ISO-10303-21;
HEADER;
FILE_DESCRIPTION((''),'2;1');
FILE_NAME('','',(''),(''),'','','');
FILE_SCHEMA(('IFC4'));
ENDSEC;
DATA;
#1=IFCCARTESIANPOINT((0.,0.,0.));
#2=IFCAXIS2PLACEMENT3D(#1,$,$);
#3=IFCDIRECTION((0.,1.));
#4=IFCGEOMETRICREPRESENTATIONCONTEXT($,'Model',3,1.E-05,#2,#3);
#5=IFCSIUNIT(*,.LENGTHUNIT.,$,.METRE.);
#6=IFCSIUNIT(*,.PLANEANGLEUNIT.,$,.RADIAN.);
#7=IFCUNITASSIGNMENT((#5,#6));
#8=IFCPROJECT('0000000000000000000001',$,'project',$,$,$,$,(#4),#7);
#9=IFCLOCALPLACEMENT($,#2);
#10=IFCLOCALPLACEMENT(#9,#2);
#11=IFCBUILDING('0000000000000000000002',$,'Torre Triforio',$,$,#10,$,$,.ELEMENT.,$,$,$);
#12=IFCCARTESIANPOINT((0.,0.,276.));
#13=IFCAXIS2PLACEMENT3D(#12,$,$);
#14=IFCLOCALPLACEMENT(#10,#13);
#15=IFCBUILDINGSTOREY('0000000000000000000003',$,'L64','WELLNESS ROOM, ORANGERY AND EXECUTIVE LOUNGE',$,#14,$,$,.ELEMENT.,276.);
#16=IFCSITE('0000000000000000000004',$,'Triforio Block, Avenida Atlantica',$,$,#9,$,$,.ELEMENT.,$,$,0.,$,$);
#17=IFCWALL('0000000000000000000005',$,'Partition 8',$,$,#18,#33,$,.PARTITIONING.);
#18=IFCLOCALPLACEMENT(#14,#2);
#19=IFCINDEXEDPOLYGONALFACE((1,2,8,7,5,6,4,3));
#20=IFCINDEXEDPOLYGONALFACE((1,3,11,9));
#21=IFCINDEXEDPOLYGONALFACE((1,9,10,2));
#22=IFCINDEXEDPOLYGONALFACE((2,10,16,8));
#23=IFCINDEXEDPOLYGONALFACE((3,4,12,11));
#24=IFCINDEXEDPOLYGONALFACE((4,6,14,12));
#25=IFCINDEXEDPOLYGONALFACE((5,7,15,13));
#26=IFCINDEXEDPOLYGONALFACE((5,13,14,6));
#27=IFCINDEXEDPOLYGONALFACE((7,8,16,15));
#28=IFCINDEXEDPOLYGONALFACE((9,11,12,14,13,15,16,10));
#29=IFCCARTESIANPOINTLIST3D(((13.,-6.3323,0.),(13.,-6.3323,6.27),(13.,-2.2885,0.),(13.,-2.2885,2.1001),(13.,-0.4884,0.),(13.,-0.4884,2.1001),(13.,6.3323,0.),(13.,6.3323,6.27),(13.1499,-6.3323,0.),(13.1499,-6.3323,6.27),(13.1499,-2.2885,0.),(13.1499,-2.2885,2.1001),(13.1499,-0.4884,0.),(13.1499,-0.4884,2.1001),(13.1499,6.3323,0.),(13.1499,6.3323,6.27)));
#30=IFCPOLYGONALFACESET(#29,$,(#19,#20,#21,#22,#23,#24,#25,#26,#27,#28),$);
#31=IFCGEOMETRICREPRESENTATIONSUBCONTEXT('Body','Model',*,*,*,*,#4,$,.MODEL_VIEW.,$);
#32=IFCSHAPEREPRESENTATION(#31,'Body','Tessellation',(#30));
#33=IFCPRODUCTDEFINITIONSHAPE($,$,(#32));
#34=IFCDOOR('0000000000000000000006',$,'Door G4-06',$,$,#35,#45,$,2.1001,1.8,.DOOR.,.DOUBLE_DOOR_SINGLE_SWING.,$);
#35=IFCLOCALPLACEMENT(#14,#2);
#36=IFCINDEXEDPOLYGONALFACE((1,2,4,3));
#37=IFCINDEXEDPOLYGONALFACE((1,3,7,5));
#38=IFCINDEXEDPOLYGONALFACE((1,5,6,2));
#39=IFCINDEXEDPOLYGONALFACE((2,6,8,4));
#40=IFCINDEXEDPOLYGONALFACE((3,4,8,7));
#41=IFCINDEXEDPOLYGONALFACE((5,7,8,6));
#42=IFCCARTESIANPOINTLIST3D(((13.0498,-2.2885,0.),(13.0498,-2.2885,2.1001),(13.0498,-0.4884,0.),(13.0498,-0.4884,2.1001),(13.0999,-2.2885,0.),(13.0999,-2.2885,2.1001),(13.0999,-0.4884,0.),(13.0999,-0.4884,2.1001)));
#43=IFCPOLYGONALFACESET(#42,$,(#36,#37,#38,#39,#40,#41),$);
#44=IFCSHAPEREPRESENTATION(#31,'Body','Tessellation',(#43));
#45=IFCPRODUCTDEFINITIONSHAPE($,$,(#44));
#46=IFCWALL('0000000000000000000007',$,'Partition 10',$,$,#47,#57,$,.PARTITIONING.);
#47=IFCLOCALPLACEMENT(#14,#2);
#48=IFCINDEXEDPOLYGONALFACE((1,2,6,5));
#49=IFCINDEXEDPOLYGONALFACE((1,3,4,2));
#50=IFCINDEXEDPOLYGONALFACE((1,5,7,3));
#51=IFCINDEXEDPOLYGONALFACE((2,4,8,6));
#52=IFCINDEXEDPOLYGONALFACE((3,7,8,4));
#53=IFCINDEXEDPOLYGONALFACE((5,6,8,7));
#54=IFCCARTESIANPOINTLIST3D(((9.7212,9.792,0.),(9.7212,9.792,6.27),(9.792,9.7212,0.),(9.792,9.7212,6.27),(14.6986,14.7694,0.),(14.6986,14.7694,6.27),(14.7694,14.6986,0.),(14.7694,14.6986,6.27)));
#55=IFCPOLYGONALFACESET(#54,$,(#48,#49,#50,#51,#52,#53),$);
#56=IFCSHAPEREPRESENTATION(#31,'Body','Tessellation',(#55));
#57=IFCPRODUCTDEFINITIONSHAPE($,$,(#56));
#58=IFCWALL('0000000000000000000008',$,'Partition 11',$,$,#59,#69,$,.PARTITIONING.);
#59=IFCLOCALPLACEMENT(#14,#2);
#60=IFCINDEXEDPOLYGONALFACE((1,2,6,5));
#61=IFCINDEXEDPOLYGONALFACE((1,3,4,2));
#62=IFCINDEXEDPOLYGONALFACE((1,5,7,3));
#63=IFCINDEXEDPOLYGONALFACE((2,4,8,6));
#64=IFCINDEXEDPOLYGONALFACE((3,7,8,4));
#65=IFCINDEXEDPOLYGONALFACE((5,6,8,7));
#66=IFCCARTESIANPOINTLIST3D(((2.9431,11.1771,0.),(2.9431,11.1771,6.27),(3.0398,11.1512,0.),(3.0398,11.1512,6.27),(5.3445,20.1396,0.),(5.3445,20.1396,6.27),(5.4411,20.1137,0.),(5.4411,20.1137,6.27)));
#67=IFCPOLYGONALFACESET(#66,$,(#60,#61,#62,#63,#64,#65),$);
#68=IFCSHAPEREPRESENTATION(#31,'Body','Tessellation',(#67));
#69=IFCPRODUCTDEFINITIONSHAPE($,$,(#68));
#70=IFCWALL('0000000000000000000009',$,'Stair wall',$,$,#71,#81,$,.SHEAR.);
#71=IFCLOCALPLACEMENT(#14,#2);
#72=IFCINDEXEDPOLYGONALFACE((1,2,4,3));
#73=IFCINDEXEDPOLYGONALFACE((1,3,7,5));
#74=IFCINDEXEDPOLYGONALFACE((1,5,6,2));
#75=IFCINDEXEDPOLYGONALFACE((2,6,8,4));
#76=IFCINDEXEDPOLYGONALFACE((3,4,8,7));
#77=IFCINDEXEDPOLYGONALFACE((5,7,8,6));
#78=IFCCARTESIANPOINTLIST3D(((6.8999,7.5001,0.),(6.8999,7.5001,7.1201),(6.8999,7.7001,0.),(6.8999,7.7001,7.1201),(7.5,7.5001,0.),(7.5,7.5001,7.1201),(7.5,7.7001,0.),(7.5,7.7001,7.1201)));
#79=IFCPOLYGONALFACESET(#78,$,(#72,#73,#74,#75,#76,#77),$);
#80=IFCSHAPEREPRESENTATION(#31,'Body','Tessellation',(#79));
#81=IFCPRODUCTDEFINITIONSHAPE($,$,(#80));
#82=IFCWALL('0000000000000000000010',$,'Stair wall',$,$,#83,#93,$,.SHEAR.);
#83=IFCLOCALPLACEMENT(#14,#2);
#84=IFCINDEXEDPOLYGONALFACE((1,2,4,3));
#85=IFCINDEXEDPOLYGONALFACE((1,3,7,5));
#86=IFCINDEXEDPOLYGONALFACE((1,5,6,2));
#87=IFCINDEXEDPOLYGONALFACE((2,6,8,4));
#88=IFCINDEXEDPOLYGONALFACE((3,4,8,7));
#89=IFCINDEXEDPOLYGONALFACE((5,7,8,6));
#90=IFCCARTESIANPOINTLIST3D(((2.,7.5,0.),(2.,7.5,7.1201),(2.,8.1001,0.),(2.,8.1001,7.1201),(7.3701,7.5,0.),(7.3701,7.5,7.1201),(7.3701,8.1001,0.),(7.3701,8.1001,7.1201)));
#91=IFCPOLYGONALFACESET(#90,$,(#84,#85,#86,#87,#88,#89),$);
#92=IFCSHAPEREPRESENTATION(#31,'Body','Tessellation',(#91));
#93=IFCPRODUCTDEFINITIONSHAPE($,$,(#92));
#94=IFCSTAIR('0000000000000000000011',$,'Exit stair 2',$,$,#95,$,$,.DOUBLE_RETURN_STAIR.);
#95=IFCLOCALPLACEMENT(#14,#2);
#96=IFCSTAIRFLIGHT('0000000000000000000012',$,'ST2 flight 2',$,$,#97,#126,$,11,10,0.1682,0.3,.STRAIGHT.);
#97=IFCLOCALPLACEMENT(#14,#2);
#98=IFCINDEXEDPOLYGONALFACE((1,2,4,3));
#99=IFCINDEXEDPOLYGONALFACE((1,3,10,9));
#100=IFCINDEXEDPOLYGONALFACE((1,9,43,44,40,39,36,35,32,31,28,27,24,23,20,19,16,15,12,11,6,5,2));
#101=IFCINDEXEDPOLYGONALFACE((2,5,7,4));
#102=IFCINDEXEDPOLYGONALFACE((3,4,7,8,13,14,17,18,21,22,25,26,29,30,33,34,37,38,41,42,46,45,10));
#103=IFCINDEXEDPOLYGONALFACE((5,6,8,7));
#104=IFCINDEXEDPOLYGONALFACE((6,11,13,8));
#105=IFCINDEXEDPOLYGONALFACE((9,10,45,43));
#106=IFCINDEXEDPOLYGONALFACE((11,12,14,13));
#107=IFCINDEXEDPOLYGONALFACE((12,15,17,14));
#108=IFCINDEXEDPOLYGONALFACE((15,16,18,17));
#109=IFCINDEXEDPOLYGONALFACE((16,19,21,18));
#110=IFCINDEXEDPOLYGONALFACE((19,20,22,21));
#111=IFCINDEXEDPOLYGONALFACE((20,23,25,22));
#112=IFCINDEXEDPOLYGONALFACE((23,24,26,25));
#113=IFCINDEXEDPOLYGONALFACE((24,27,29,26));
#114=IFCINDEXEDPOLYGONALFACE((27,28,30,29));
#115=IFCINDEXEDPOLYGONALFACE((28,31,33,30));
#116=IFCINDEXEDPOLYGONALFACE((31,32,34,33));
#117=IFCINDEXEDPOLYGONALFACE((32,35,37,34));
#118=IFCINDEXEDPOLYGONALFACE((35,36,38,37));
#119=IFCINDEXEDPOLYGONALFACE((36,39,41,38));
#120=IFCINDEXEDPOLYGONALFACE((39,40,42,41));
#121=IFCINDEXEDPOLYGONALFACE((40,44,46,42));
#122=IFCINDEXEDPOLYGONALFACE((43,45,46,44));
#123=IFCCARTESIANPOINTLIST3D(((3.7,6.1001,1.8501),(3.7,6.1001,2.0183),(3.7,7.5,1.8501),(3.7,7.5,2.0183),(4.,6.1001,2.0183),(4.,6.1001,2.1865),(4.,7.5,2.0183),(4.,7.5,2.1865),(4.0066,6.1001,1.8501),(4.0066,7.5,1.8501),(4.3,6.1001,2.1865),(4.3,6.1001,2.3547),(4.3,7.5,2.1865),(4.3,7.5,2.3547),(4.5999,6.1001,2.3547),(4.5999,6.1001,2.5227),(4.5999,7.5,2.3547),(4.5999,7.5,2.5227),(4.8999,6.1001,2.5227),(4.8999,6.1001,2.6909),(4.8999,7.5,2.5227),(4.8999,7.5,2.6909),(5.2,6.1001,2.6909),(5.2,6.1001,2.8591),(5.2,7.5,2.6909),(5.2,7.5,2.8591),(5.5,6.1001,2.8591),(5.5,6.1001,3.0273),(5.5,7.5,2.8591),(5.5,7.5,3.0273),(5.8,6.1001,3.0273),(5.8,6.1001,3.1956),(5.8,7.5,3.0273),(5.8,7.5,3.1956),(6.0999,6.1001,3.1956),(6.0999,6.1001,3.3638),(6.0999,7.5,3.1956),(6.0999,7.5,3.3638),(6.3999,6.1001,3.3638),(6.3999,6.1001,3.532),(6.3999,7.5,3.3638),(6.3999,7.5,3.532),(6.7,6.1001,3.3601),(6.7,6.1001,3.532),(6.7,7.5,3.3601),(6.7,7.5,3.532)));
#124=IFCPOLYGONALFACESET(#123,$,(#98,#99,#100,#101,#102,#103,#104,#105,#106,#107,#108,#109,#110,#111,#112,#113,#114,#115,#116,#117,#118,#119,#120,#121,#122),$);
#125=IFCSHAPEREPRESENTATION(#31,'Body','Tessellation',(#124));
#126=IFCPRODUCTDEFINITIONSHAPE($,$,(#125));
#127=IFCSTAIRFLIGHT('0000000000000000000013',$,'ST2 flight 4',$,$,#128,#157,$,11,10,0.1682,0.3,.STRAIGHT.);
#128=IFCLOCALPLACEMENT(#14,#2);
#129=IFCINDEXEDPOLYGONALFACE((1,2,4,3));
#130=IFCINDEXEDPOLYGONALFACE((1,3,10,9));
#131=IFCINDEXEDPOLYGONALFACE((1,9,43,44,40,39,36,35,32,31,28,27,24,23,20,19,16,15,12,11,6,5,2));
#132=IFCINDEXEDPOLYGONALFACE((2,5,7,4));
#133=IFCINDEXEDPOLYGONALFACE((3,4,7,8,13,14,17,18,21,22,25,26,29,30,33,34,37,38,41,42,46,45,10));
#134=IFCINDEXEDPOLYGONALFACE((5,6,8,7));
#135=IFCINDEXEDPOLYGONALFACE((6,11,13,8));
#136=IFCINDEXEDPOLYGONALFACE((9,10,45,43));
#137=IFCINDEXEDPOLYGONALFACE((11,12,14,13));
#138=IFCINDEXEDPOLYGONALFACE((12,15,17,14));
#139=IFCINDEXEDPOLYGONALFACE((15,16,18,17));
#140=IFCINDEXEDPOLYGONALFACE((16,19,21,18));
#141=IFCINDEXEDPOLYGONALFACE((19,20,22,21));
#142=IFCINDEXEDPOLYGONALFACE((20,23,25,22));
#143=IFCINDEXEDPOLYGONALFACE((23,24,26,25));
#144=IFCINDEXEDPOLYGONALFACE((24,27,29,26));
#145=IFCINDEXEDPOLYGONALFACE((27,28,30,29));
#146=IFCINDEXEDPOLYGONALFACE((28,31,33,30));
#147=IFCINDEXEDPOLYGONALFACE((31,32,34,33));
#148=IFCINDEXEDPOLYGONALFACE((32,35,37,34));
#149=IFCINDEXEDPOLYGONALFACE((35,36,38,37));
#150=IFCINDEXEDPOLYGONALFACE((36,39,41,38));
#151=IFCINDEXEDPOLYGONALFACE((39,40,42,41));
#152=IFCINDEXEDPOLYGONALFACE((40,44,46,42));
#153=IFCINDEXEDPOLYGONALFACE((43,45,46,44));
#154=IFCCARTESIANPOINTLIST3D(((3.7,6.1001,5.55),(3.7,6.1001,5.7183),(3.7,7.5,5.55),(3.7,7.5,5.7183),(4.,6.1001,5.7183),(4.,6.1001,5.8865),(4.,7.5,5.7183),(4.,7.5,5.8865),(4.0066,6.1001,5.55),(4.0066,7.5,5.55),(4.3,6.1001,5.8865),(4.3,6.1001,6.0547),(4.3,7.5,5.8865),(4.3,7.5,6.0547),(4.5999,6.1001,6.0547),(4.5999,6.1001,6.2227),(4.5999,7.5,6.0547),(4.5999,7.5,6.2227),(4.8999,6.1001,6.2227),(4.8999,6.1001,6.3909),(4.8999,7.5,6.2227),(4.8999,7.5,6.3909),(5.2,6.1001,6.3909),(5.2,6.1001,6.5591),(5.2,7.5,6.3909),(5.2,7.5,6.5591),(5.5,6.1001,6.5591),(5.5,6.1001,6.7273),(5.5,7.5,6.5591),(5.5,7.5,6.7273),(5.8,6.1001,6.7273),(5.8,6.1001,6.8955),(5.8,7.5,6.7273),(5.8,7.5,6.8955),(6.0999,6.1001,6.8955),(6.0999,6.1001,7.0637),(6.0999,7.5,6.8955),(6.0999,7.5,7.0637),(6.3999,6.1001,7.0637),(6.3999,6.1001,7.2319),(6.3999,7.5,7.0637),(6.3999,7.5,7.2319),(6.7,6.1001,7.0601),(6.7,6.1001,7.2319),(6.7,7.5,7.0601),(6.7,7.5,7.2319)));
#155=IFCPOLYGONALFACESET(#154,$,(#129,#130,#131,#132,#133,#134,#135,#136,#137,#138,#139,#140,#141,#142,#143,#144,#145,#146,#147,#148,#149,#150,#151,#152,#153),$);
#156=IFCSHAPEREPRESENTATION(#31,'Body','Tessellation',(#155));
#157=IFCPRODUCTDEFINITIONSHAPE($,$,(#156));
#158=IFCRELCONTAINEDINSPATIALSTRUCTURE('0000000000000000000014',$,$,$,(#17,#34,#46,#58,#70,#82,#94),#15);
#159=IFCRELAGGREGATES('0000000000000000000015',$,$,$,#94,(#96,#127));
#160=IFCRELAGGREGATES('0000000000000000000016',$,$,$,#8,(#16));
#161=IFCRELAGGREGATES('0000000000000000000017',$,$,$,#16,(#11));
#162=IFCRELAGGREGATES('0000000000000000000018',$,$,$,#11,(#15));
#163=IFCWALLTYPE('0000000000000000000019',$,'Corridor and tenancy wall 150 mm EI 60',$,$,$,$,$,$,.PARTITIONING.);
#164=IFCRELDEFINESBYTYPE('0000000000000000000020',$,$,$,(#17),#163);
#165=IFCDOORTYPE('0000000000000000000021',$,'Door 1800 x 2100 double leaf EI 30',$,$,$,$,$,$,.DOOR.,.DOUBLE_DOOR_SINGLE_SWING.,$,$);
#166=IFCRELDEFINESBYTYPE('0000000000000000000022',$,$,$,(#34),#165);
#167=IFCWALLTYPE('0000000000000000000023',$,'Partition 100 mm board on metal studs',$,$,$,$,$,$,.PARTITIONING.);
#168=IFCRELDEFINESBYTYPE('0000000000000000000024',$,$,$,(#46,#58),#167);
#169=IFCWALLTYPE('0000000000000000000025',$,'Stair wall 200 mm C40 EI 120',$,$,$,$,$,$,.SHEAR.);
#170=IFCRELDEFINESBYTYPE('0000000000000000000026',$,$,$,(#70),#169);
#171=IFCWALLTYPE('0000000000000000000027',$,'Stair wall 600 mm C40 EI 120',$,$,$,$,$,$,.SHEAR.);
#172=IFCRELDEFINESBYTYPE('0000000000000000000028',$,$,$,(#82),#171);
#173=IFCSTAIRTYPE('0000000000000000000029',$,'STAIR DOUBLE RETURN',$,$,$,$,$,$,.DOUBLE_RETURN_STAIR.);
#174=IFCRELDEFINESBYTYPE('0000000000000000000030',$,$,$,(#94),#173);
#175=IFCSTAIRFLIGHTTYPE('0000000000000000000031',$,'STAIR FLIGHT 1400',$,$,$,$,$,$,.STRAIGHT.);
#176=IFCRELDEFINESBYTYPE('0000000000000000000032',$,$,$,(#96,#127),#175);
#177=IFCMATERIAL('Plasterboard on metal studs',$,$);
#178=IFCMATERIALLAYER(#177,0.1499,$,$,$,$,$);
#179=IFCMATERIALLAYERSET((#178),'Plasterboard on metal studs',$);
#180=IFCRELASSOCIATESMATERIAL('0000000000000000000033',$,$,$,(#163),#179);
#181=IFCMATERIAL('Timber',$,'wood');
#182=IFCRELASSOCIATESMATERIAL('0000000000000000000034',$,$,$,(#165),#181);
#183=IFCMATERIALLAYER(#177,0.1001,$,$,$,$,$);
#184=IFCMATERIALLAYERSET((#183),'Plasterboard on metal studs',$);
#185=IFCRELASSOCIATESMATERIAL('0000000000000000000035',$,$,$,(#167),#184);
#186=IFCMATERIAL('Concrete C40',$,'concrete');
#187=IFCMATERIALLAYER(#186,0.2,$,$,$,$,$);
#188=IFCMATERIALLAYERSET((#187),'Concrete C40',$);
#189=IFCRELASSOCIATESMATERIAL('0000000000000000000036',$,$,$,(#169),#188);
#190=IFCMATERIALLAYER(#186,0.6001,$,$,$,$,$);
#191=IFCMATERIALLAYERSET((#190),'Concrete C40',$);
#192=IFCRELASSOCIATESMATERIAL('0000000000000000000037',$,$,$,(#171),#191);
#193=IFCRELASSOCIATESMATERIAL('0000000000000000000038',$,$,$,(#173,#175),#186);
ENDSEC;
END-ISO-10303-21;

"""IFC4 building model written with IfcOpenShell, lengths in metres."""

from ifc_helpers import new_model, si_unit, direction, frame, frame_2d, origin, place, context, subcontext, project, spatial, polyline, rectangle, outline, extrude, material, layer, layer_set, type_object, element, fill, aggregate, save


model = new_model("IFC4")

# Units and contexts
model_context = context("Model", 3, precision=1e-05, world=origin(), true_north=direction((0.0, 1.0)))
body_context = subcontext(model_context, "Body", "Model", "MODEL_VIEW")
ifc_project = project(units=[si_unit("LENGTHUNIT", "METRE"), si_unit("PLANEANGLEUNIT", "RADIAN")], contexts=[model_context])

# Site, building, storey
site_placement = place(None, origin())
site = spatial("IfcSite", under=ifc_project, at=site_placement, Name="Triforio Block, Avenida Atlantica", CompositionType="ELEMENT", RefElevation=0.0)
building_placement = place(site_placement, origin())
building = spatial("IfcBuilding", under=site, at=building_placement, Name="Torre Triforio", CompositionType="ELEMENT")
storey_placement = place(building_placement, frame((0.0, 0.0, 276.0)))
storey = spatial("IfcBuildingStorey", under=building, at=storey_placement, Name="L64", Description="WELLNESS ROOM, ORANGERY AND EXECUTIVE LOUNGE", CompositionType="ELEMENT", Elevation=276.0)

# Shared definitions
ifc_material_1 = material(Name="Concrete C40", Category="concrete")

# Wall, opening, door
ifc_material_2 = material(Name="Plasterboard on metal studs")
ifc_layer_1 = layer(ifc_material_2, 0.1499)
ifc_layer_set_1 = layer_set([ifc_layer_1], Name="Plasterboard on metal studs")
wall_type_1 = type_object("IfcWallType", Name="Corridor and tenancy wall 150 mm EI 60", PredefinedType="PARTITIONING", material=ifc_layer_set_1)
ifc_material_3 = material(Name="Timber", Category="wood")
wall_1_placement = place(storey_placement, frame((13.075, 6.3323, 0.0), z_axis=(0.0, 0.0, 1.0), x_axis=(0.0, -1.0, 0.0)))
wall_1 = element("IfcWall", 1, at=wall_1_placement, inside=storey, type_object=wall_type_1, Name="Partition 8", PredefinedType="PARTITIONING", context=body_context, shape_type="SweptSolid", body=[
    extrude(rectangle(XDim=12.6646, YDim=0.1499, at=frame_2d((6.3323, 0.0))), origin(), (0.0, 0.0, 1.0), 6.27),
])
opening_1_placement = place(wall_1_placement, frame((6.8208, 0.0, 0.0)))
opening_1 = element("IfcOpeningElement", 2, at=opening_1_placement, cuts=wall_1, PredefinedType="OPENING", context=body_context, shape_type="SweptSolid", body=[
    extrude(rectangle(XDim=1.8, YDim=2.1001, at=frame_2d((0.8999, 1.05))), frame((0.0, 0.085, 0.0), z_axis=(0.0, -1.0, 0.0), x_axis=(1.0, 0.0, 0.0)), (0.0, 0.0, 1.0), 0.1699),
])
door_type_1 = type_object("IfcDoorType", Name="Door 1800 x 2100 double leaf EI 30", OperationType="DOUBLE_DOOR_SINGLE_SWING", PredefinedType="DOOR", material=ifc_material_3)
door_1_placement = place(opening_1_placement, origin())
door_1 = element("IfcDoor", 3, at=door_1_placement, inside=storey, type_object=door_type_1, Name="Door G4-06", OperationType="DOUBLE_DOOR_SINGLE_SWING", OverallHeight=2.1001, OverallWidth=1.8, PredefinedType="DOOR", context=body_context, shape_type="SweptSolid", body=[
    extrude(rectangle(XDim=1.8, YDim=2.1001, at=frame_2d((0.8999, 1.05))), frame((0.0, 0.0249, 0.0), z_axis=(0.0, -1.0, 0.0), x_axis=(1.0, 0.0, 0.0)), (0.0, 0.0, 1.0), 0.05),
])
fill(opening_1, door_1)

# Walls
ifc_layer_2 = layer(ifc_material_2, 0.1001)
ifc_layer_set_2 = layer_set([ifc_layer_2], Name="Plasterboard on metal studs")
wall_type_2 = type_object("IfcWallType", Name="Partition 100 mm board on metal studs", PredefinedType="PARTITIONING", material=ifc_layer_set_2)
wall_2_placement = place(storey_placement, frame((9.7566, 9.7566, 0.0), z_axis=(0.0, 0.0, 1.0), x_axis=(0.707107, 0.707107, 0.0)))
element("IfcWall", 4, at=wall_2_placement, inside=storey, type_object=wall_type_2, Name="Partition 10", PredefinedType="PARTITIONING", context=body_context, shape_type="SweptSolid", body=[
    extrude(rectangle(XDim=7.0391, YDim=0.1001, at=frame_2d((3.5195, 0.0))), origin(), (0.0, 0.0, 1.0), 6.27),
])
wall_3_placement = place(storey_placement, frame((2.9915, 11.1643, 0.0), z_axis=(0.0, 0.0, 1.0), x_axis=(0.258809, 0.965929, 0.0)))
element("IfcWall", 5, at=wall_3_placement, inside=storey, type_object=wall_type_2, Name="Partition 11", PredefinedType="PARTITIONING", context=body_context, shape_type="SweptSolid", body=[
    extrude(rectangle(XDim=9.2786, YDim=0.1001, at=frame_2d((4.6392, 0.0))), origin(), (0.0, 0.0, 1.0), 6.27),
])
ifc_layer_3 = layer(ifc_material_1, 0.2)
ifc_layer_set_3 = layer_set([ifc_layer_3], Name="Concrete C40")
wall_type_3 = type_object("IfcWallType", Name="Stair wall 200 mm C40 EI 120", PredefinedType="SHEAR", material=ifc_layer_set_3)
wall_4_placement = place(storey_placement, frame((6.8999, 7.6001, 0.0), z_axis=(0.0, 0.0, 1.0), x_axis=(1.0, 0.0, 0.0)))
element("IfcWall", 6, at=wall_4_placement, inside=storey, type_object=wall_type_3, Name="Stair wall", PredefinedType="SHEAR", context=body_context, shape_type="SweptSolid", body=[
    extrude(rectangle(XDim=0.6001, YDim=0.2, at=frame_2d((0.3, 0.0))), origin(), (0.0, 0.0, 1.0), 7.1201),
])
ifc_layer_4 = layer(ifc_material_1, 0.6001)
ifc_layer_set_4 = layer_set([ifc_layer_4], Name="Concrete C40")
wall_type_4 = type_object("IfcWallType", Name="Stair wall 600 mm C40 EI 120", PredefinedType="SHEAR", material=ifc_layer_set_4)
wall_5_placement = place(storey_placement, frame((2.0, 7.8, 0.0), z_axis=(0.0, 0.0, 1.0), x_axis=(1.0, 0.0, 0.0)))
element("IfcWall", 7, at=wall_5_placement, inside=storey, type_object=wall_type_4, Name="Stair wall", PredefinedType="SHEAR", context=body_context, shape_type="SweptSolid", body=[
    extrude(rectangle(XDim=5.3701, YDim=0.6001, at=frame_2d((2.6851, 0.0))), origin(), (0.0, 0.0, 1.0), 7.1201),
])

# Stair, stair flights
stair_type = type_object("IfcStairType", Name="STAIR DOUBLE RETURN", PredefinedType="DOUBLE_RETURN_STAIR", material=ifc_material_1)
stair_placement = place(storey_placement, origin())
stair = element("IfcStair", 8, at=stair_placement, inside=storey, type_object=stair_type, Name="Exit stair 2", PredefinedType="DOUBLE_RETURN_STAIR")
stair_flight_type = type_object("IfcStairFlightType", Name="STAIR FLIGHT 1400", PredefinedType="STRAIGHT", material=ifc_material_1)
stair_flight_1_placement = place(storey_placement, frame((3.7, 6.8, 1.8501), z_axis=(0.0, 0.0, 1.0), x_axis=(1.0, 0.0, 0.0)))
stair_flight_1 = element("IfcStairFlight", 9, at=stair_flight_1_placement, type_object=stair_flight_type, Name="ST2 flight 2", NumberOfRisers=11, NumberOfTreads=10, PredefinedType="STRAIGHT", RiserHeight=0.1682, TreadLength=0.3, context=body_context, shape_type="SweptSolid", body=[
    extrude(outline(polyline([(0.0, 0.0), (0.0, 0.1682), (0.3, 0.1682), (0.3, 0.3364), (0.6001, 0.3364), (0.6001, 0.5046), (0.8999, 0.5046), (0.8999, 0.6726), (1.2, 0.6726), (1.2, 0.8408), (1.5, 0.8408), (1.5, 1.009), (1.8, 1.009), (1.8, 1.1772), (2.1001, 1.1772), (2.1001, 1.3455), (2.3999, 1.3455), (2.3999, 1.5137), (2.7, 1.5137), (2.7, 1.6819), (3.0, 1.6819), (3.0, 1.8501), (3.0, 1.51), (0.3066, 0.0), (0.0, 0.0)])), frame((0.0, 0.7, 0.0), z_axis=(0.0, -1.0, 0.0), x_axis=(1.0, 0.0, 0.0)), (0.0, 0.0, 1.0), 1.3999),
])
stair_flight_2_placement = place(storey_placement, frame((3.7, 6.8, 5.55), z_axis=(0.0, 0.0, 1.0), x_axis=(1.0, 0.0, 0.0)))
stair_flight_2 = element("IfcStairFlight", 10, at=stair_flight_2_placement, type_object=stair_flight_type, Name="ST2 flight 4", NumberOfRisers=11, NumberOfTreads=10, PredefinedType="STRAIGHT", RiserHeight=0.1682, TreadLength=0.3, context=body_context, shape_type="SweptSolid", body=[
    extrude(outline(polyline([(0.0, 0.0), (0.0, 0.1682), (0.3, 0.1682), (0.3, 0.3364), (0.6001, 0.3364), (0.6001, 0.5046), (0.8999, 0.5046), (0.8999, 0.6726), (1.2, 0.6726), (1.2, 0.8408), (1.5, 0.8408), (1.5, 1.009), (1.8, 1.009), (1.8, 1.1772), (2.1001, 1.1772), (2.1001, 1.3455), (2.3999, 1.3455), (2.3999, 1.5137), (2.7, 1.5137), (2.7, 1.6819), (3.0, 1.6819), (3.0, 1.8501), (3.0, 1.51), (0.3066, 0.0), (0.0, 0.0)])), frame((0.0, 0.7, 0.0), z_axis=(0.0, -1.0, 0.0), x_axis=(1.0, 0.0, 0.0)), (0.0, 0.0, 1.0), 1.3999),
])
aggregate(stair, [stair_flight_1, stair_flight_2])

save(model, "model.ifc")
